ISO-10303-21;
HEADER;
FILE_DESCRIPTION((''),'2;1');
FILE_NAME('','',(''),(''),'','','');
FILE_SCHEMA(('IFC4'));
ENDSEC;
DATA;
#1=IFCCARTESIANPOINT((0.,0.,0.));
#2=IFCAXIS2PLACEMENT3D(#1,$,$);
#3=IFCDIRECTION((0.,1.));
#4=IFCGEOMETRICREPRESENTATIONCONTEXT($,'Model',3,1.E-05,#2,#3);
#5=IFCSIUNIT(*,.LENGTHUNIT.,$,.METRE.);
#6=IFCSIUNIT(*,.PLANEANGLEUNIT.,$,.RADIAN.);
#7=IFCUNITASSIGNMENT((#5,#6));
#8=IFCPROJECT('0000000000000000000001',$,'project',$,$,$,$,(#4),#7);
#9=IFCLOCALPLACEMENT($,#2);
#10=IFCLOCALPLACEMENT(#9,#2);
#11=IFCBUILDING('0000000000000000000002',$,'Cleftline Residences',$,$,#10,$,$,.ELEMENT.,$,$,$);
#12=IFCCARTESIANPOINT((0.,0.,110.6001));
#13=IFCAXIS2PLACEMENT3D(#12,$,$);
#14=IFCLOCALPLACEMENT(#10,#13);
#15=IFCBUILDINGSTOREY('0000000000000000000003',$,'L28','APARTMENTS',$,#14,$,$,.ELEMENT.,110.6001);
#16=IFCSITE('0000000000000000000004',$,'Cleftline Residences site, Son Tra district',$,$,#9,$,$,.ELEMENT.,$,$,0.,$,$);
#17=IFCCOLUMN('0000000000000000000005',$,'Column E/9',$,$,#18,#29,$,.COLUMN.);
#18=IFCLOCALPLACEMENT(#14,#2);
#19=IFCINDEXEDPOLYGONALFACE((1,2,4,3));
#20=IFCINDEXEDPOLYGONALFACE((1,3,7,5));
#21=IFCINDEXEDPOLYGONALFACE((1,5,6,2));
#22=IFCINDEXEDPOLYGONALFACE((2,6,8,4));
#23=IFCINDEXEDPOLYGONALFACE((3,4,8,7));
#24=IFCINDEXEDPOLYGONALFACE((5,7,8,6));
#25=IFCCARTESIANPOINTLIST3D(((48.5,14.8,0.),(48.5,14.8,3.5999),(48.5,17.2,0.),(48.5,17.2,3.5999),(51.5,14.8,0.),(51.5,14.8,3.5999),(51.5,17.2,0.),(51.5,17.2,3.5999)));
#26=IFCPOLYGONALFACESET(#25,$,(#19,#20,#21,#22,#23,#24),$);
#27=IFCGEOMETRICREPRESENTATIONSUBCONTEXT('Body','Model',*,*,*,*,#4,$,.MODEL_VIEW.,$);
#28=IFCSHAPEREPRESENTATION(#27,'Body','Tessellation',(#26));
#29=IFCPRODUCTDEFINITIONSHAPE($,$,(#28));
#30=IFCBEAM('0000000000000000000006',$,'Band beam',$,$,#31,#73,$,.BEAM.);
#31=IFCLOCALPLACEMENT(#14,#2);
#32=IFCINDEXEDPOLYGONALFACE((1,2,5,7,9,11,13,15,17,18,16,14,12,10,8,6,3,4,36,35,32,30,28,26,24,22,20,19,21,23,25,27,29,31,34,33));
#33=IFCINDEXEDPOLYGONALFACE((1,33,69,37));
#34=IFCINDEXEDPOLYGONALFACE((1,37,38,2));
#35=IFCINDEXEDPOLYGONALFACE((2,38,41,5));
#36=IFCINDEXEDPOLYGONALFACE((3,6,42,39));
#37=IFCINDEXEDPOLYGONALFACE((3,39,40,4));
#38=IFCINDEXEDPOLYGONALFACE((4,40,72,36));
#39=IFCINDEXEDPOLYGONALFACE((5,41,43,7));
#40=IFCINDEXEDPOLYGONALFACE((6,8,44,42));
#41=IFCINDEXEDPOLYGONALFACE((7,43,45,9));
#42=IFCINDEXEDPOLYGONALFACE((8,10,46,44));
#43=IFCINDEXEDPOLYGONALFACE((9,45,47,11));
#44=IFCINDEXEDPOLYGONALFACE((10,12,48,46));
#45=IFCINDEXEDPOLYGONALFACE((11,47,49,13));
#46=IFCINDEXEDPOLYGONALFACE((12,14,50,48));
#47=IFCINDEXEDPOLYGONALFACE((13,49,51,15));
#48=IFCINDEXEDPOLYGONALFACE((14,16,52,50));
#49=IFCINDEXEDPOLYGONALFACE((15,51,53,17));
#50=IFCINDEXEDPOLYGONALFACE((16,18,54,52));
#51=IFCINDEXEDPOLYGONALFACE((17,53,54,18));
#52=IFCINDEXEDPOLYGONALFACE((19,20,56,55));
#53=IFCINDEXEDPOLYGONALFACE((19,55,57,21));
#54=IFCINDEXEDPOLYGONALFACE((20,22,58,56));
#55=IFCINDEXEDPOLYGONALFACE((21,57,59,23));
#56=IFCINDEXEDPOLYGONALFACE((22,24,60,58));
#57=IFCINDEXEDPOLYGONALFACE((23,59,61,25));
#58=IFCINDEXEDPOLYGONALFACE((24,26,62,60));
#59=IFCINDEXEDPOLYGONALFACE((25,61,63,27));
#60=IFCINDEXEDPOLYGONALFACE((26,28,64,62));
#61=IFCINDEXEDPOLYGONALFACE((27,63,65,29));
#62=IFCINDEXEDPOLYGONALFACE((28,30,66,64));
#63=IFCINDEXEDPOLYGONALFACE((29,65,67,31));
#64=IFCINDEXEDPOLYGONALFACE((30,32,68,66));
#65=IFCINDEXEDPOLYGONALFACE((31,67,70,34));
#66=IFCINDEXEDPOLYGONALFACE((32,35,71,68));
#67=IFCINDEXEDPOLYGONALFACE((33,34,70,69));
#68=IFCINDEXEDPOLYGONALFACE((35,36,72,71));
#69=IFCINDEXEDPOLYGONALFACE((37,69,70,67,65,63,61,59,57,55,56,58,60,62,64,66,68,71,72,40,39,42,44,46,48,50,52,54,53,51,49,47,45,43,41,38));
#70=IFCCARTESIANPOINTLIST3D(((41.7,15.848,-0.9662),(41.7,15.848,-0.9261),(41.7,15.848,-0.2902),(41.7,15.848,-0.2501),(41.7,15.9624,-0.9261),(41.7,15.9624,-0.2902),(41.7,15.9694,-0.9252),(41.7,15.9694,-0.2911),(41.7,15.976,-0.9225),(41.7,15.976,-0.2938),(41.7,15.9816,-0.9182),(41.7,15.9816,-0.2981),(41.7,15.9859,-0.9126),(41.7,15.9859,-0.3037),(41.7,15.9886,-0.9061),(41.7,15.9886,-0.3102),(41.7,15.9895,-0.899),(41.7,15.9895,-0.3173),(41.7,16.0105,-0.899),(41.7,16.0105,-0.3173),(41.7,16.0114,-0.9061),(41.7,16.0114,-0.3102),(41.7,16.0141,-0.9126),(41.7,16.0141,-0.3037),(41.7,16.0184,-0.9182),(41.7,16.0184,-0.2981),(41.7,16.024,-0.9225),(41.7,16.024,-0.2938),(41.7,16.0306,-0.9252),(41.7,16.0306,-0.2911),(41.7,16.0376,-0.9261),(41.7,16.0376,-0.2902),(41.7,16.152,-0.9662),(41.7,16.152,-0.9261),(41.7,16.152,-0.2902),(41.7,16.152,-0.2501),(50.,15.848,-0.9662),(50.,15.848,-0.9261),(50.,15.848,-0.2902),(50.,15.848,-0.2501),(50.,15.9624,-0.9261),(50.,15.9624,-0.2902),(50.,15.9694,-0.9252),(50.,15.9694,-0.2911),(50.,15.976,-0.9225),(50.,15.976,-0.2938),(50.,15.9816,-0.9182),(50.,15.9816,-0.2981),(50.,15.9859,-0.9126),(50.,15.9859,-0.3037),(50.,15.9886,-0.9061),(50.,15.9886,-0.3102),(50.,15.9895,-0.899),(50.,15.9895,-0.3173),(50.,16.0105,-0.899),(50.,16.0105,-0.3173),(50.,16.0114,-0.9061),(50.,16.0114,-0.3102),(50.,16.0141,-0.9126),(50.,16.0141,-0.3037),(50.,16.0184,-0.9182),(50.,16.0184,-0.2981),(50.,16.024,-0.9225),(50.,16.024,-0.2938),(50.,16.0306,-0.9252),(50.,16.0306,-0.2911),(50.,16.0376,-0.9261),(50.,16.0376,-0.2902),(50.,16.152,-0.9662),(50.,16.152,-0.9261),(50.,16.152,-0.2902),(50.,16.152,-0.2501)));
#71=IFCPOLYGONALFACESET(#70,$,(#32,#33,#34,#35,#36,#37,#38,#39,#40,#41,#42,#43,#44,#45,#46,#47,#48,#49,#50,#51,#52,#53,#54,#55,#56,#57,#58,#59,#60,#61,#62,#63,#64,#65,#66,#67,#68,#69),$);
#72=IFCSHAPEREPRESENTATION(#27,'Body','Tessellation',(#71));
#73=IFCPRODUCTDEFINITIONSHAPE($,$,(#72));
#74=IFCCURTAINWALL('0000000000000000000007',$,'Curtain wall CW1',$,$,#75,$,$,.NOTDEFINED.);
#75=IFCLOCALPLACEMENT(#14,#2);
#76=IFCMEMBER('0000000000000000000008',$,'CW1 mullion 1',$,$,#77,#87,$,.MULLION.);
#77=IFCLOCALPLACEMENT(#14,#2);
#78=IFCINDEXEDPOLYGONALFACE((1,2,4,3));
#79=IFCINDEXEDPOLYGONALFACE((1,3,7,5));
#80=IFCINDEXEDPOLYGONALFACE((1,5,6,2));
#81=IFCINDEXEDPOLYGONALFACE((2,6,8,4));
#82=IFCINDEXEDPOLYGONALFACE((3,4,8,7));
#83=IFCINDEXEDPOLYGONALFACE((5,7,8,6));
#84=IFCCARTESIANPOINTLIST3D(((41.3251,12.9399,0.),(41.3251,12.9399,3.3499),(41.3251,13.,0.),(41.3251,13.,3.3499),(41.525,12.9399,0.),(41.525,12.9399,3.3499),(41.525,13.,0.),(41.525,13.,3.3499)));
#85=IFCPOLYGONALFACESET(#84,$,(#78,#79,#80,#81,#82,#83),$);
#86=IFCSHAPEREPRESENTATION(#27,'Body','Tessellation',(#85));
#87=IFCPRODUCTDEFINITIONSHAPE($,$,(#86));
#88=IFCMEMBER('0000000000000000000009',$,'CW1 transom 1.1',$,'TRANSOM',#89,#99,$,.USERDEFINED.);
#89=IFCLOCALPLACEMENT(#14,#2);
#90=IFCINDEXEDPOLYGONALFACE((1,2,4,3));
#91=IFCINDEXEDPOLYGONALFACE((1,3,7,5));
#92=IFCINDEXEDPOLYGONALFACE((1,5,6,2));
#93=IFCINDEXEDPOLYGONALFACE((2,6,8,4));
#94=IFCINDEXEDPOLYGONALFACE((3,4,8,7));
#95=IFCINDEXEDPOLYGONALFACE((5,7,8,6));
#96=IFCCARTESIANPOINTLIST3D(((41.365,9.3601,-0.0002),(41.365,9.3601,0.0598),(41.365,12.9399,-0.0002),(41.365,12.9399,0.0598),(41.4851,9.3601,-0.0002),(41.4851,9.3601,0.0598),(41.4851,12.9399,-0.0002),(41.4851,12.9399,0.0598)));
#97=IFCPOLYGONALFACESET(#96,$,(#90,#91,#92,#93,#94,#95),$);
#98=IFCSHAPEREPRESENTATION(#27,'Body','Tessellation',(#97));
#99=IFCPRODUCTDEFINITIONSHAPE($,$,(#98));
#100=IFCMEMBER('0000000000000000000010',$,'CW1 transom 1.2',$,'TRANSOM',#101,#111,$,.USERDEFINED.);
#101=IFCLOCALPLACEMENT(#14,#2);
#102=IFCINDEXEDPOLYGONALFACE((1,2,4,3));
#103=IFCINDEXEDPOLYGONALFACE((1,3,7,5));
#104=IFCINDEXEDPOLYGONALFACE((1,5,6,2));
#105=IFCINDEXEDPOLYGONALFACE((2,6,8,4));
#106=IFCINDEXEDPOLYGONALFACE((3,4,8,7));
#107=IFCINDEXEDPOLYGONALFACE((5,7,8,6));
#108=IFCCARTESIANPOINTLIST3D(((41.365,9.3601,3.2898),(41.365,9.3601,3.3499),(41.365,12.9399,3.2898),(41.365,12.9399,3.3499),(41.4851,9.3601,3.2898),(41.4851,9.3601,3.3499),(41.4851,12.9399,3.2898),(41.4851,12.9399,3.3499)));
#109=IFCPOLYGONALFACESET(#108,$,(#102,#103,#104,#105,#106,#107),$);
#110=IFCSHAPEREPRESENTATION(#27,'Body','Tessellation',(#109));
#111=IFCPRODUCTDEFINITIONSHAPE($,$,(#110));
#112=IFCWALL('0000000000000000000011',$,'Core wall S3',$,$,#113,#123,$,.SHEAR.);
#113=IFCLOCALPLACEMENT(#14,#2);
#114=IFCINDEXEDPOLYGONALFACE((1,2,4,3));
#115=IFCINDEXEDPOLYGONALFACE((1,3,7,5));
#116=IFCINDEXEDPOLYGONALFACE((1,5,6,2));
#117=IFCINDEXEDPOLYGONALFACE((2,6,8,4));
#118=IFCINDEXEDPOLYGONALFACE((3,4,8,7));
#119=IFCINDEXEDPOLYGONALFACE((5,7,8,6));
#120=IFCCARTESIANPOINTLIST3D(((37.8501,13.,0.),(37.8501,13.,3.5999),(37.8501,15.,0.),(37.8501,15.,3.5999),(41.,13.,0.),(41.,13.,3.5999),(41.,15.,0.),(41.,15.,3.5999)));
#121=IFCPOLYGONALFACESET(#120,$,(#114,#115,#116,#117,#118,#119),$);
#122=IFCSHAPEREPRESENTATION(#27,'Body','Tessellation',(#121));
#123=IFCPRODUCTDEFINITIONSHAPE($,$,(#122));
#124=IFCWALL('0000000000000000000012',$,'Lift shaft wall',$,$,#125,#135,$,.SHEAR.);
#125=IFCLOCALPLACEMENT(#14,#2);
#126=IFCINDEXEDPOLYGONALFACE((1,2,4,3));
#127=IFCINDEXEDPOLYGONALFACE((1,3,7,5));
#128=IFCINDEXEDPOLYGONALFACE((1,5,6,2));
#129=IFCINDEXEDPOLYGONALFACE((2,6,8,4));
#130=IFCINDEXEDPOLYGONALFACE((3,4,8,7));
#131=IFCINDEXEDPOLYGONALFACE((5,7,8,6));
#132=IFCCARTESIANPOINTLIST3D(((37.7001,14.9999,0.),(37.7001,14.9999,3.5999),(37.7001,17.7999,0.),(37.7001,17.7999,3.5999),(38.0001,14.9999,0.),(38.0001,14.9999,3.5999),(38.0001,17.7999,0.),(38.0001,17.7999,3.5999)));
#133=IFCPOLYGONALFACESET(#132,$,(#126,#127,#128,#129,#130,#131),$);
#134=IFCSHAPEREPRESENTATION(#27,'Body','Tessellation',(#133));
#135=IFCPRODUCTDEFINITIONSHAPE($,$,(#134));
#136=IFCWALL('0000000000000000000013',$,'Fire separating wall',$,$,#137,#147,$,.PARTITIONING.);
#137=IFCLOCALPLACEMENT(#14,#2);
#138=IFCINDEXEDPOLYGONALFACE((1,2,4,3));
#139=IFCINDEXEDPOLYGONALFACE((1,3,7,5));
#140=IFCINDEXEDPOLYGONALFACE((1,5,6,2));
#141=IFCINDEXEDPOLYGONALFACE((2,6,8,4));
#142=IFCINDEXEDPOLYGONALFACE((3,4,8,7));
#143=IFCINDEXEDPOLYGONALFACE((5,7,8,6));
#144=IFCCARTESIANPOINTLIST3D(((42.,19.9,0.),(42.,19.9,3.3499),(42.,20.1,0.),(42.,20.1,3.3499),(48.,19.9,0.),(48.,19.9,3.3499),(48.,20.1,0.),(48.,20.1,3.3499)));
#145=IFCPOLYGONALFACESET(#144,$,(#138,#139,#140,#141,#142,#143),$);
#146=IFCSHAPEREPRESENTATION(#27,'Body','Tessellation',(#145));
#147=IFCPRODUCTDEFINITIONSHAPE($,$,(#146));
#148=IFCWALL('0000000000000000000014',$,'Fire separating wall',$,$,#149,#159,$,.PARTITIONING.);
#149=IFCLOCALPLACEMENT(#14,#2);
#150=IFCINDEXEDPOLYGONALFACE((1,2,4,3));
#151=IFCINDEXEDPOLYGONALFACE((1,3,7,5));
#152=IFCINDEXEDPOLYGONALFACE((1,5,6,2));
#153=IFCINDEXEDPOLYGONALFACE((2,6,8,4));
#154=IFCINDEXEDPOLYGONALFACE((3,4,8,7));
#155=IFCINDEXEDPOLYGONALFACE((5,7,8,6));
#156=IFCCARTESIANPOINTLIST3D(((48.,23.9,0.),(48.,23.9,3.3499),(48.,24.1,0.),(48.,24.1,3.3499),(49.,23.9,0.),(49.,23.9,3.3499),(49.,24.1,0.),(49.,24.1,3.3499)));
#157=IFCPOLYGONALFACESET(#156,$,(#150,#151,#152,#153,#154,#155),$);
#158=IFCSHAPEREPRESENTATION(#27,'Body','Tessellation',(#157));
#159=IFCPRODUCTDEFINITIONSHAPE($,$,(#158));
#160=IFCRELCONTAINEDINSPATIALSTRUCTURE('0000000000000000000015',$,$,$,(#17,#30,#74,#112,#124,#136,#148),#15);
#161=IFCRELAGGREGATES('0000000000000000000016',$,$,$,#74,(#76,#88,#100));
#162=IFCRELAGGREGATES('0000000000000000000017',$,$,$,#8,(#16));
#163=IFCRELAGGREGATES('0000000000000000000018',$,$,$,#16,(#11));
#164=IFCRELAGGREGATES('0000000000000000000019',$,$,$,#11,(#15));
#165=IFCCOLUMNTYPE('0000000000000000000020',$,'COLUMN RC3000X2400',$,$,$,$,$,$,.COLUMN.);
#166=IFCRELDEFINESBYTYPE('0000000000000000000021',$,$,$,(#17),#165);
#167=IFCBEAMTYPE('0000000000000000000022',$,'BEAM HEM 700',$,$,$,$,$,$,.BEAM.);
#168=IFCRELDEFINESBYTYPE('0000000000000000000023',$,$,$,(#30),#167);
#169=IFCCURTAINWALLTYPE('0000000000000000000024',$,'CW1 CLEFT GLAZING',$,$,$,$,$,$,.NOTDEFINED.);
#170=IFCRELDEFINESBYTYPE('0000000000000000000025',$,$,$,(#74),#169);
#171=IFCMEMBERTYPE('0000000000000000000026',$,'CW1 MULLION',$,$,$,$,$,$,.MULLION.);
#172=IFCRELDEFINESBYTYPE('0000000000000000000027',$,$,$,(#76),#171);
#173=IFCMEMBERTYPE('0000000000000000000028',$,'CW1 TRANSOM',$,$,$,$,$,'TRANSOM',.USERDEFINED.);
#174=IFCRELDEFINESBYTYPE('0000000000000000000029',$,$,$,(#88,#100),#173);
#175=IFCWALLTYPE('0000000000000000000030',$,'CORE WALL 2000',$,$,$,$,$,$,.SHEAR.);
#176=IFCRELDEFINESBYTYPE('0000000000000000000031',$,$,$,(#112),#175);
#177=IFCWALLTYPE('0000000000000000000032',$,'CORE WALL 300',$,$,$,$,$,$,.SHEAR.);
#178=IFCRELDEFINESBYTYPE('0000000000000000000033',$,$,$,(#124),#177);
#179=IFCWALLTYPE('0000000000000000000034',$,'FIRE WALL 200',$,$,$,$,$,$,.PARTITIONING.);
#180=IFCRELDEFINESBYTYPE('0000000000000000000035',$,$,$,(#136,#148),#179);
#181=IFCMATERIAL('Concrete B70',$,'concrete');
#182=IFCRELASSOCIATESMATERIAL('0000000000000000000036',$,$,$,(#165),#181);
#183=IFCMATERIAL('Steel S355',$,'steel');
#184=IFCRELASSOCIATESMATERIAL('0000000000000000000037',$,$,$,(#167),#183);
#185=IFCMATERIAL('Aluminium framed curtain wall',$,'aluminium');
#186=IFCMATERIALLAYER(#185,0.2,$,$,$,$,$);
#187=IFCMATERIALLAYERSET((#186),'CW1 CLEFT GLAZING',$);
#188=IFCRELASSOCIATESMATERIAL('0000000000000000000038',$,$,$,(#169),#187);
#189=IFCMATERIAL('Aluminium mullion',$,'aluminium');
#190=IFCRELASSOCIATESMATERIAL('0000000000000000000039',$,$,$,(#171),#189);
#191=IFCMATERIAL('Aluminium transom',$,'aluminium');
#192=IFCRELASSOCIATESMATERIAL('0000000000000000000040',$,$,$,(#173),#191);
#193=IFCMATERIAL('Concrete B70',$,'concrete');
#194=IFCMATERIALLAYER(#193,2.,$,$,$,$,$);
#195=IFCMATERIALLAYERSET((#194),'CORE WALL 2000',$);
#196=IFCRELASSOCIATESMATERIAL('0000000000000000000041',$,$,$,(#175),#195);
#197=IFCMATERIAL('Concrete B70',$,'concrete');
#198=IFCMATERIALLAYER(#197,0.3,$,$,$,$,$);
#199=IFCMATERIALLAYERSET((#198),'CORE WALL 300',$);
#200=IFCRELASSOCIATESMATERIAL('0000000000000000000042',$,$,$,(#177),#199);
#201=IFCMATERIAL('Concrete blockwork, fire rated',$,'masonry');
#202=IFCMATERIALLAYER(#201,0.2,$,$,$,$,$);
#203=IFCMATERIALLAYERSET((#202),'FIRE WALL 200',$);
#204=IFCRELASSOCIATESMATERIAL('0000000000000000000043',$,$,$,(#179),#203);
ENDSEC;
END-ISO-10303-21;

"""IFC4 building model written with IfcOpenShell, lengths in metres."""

from ifc_helpers import new_model, si_unit, direction, frame, frame_2d, origin, origin_2d, place, context, subcontext, project, spatial, rectangle, i_section, extrude, material, layer, layer_set, material_profile, profile_set, type_object, element, aggregate, save


model = new_model("IFC4")

# Units and contexts
model_context = context("Model", 3, precision=1e-05, world=origin(), true_north=direction((0.0, 1.0)))
body_context = subcontext(model_context, "Body", "Model", "MODEL_VIEW")
ifc_project = project(units=[si_unit("LENGTHUNIT", "METRE"), si_unit("PLANEANGLEUNIT", "RADIAN")], contexts=[model_context])

# Site, building, storey
site_placement = place(None, origin())
site = spatial("IfcSite", under=ifc_project, at=site_placement, Name="Cleftline Residences site, Son Tra district", CompositionType="ELEMENT", RefElevation=0.0)
building_placement = place(site_placement, origin())
building = spatial("IfcBuilding", under=site, at=building_placement, Name="Cleftline Residences", CompositionType="ELEMENT")
storey_placement = place(building_placement, frame((0.0, 0.0, 110.6001)))
storey = spatial("IfcBuildingStorey", under=building, at=storey_placement, Name="L28", Description="APARTMENTS", CompositionType="ELEMENT", Elevation=110.6001)

# Column
ifc_material_1 = material(Name="Concrete B70", Category="concrete")
ifc_material_profile_1 = material_profile(ifc_material_1, rectangle(XDim=3.0, YDim=2.3999, at=origin_2d()))
ifc_profile_set_1 = profile_set([ifc_material_profile_1], Name="Concrete B70")
column_type = type_object("IfcColumnType", Name="COLUMN RC3000X2400", PredefinedType="COLUMN", material=ifc_profile_set_1)
column_placement = place(storey_placement, frame((50.0, 16.0, 0.0), z_axis=(0.0, 0.0, 1.0), x_axis=(1.0, 0.0, 0.0)))
element("IfcColumn", 1, at=column_placement, inside=storey, type_object=column_type, Name="Column E/9", PredefinedType="COLUMN", context=body_context, shape_type="SweptSolid", body=[
    extrude(rectangle(XDim=3.0, YDim=2.3999, at=origin_2d()), origin(), (0.0, 0.0, 1.0), 3.5999),
])

# Beam
ifc_material_2 = material(Name="Steel S355", Category="steel")
ifc_material_profile_2 = material_profile(ifc_material_2, i_section(OverallWidth=0.304, OverallDepth=0.7161, WebThickness=0.021, FlangeThickness=0.04, FilletRadius=0.0271, at=origin_2d()))
ifc_profile_set_2 = profile_set([ifc_material_profile_2], Name="Steel S355")
beam_type = type_object("IfcBeamType", Name="BEAM HEM 700", PredefinedType="BEAM", material=ifc_profile_set_2)
beam_placement = place(storey_placement, frame((50.0, 16.0, -0.6082), z_axis=(-1.0, 0.0, 0.0), x_axis=(0.0, -1.0, 0.0)))
element("IfcBeam", 2, at=beam_placement, inside=storey, type_object=beam_type, Name="Band beam", PredefinedType="BEAM", context=body_context, shape_type="SweptSolid", body=[
    extrude(i_section(OverallWidth=0.304, OverallDepth=0.7161, WebThickness=0.021, FlangeThickness=0.04, FilletRadius=0.0271, at=origin_2d()), origin(), (0.0, 0.0, 1.0), 8.3),
])

# Curtain wall, members
ifc_material_3 = material(Name="Aluminium framed curtain wall", Category="aluminium")
ifc_layer_1 = layer(ifc_material_3, 0.2)
ifc_layer_set_1 = layer_set([ifc_layer_1], Name="CW1 CLEFT GLAZING")
curtain_wall_type = type_object("IfcCurtainWallType", Name="CW1 CLEFT GLAZING", PredefinedType="NOTDEFINED", material=ifc_layer_set_1)
curtain_wall_placement = place(storey_placement, origin())
curtain_wall = element("IfcCurtainWall", 3, at=curtain_wall_placement, inside=storey, type_object=curtain_wall_type, Name="Curtain wall CW1", PredefinedType="NOTDEFINED")
ifc_material_4 = material(Name="Aluminium mullion", Category="aluminium")
ifc_material_profile_3 = material_profile(ifc_material_4, rectangle(XDim=0.2, YDim=0.0601, at=origin_2d()))
ifc_profile_set_3 = profile_set([ifc_material_profile_3], Name="Aluminium mullion")
member_type_1 = type_object("IfcMemberType", Name="CW1 MULLION", PredefinedType="MULLION", material=ifc_profile_set_3)
member_1_placement = place(storey_placement, frame((41.425, 12.97, 0.0), z_axis=(0.0, 0.0, 1.0), x_axis=(1.0, 0.0, 0.0)))
member_1 = element("IfcMember", 4, at=member_1_placement, type_object=member_type_1, Name="CW1 mullion 1", PredefinedType="MULLION", context=body_context, shape_type="SweptSolid", body=[
    extrude(rectangle(XDim=0.2, YDim=0.0601, at=origin_2d()), origin(), (0.0, 0.0, 1.0), 3.3499),
])
ifc_material_5 = material(Name="Aluminium transom", Category="aluminium")
ifc_material_profile_4 = material_profile(ifc_material_5, rectangle(XDim=0.1201, YDim=0.0601, at=origin_2d()))
ifc_profile_set_4 = profile_set([ifc_material_profile_4], Name="Aluminium transom")
member_type_2 = type_object("IfcMemberType", Name="CW1 TRANSOM", ElementType="TRANSOM", PredefinedType="USERDEFINED", material=ifc_profile_set_4)
member_2_placement = place(storey_placement, frame((41.425, 12.9399, 0.0298), z_axis=(0.0, -1.0, 0.0), x_axis=(1.0, 0.0, 0.0)))
member_2 = element("IfcMember", 5, at=member_2_placement, type_object=member_type_2, Name="CW1 transom 1.1", ObjectType="TRANSOM", PredefinedType="USERDEFINED", context=body_context, shape_type="SweptSolid", body=[
    extrude(rectangle(XDim=0.1201, YDim=0.0601, at=origin_2d()), origin(), (0.0, 0.0, 1.0), 3.5798),
])
member_3_placement = place(storey_placement, frame((41.425, 12.9399, 3.3198), z_axis=(0.0, -1.0, 0.0), x_axis=(1.0, 0.0, 0.0)))
member_3 = element("IfcMember", 6, at=member_3_placement, type_object=member_type_2, Name="CW1 transom 1.2", ObjectType="TRANSOM", PredefinedType="USERDEFINED", context=body_context, shape_type="SweptSolid", body=[
    extrude(rectangle(XDim=0.1201, YDim=0.0601, at=origin_2d()), origin(), (0.0, 0.0, 1.0), 3.5798),
])
aggregate(curtain_wall, [member_1, member_2, member_3])

# Walls
ifc_material_6 = material(Name="Concrete B70", Category="concrete")
ifc_layer_2 = layer(ifc_material_6, 2.0)
ifc_layer_set_2 = layer_set([ifc_layer_2], Name="CORE WALL 2000")
wall_type_1 = type_object("IfcWallType", Name="CORE WALL 2000", PredefinedType="SHEAR", material=ifc_layer_set_2)
wall_1_placement = place(storey_placement, frame((37.8501, 14.0, 0.0), z_axis=(0.0, 0.0, 1.0), x_axis=(1.0, 0.0, 0.0)))
element("IfcWall", 7, at=wall_1_placement, inside=storey, type_object=wall_type_1, Name="Core wall S3", PredefinedType="SHEAR", context=body_context, shape_type="SweptSolid", body=[
    extrude(rectangle(XDim=3.1499, YDim=2.0, at=frame_2d((1.575, 0.0))), origin(), (0.0, 0.0, 1.0), 3.5999),
])
ifc_material_7 = material(Name="Concrete B70", Category="concrete")
ifc_layer_3 = layer(ifc_material_7, 0.3)
ifc_layer_set_3 = layer_set([ifc_layer_3], Name="CORE WALL 300")
wall_type_2 = type_object("IfcWallType", Name="CORE WALL 300", PredefinedType="SHEAR", material=ifc_layer_set_3)
wall_2_placement = place(storey_placement, frame((37.8501, 15.0, 0.0), z_axis=(0.0, 0.0, 1.0), x_axis=(0.0, 1.0, 0.0)))
element("IfcWall", 8, at=wall_2_placement, inside=storey, type_object=wall_type_2, Name="Lift shaft wall", PredefinedType="SHEAR", context=body_context, shape_type="SweptSolid", body=[
    extrude(rectangle(XDim=2.8, YDim=0.3, at=frame_2d((1.3999, 0.0))), origin(), (0.0, 0.0, 1.0), 3.5999),
])
ifc_material_8 = material(Name="Concrete blockwork, fire rated", Category="masonry")
ifc_layer_4 = layer(ifc_material_8, 0.2)
ifc_layer_set_4 = layer_set([ifc_layer_4], Name="FIRE WALL 200")
wall_type_3 = type_object("IfcWallType", Name="FIRE WALL 200", PredefinedType="PARTITIONING", material=ifc_layer_set_4)
wall_3_placement = place(storey_placement, frame((42.0, 20.0, 0.0), z_axis=(0.0, 0.0, 1.0), x_axis=(1.0, 0.0, 0.0)))
element("IfcWall", 9, at=wall_3_placement, inside=storey, type_object=wall_type_3, Name="Fire separating wall", PredefinedType="PARTITIONING", context=body_context, shape_type="SweptSolid", body=[
    extrude(rectangle(XDim=6.0, YDim=0.2, at=frame_2d((3.0, 0.0))), origin(), (0.0, 0.0, 1.0), 3.3499),
])
wall_4_placement = place(storey_placement, frame((48.0, 24.0, 0.0), z_axis=(0.0, 0.0, 1.0), x_axis=(1.0, 0.0, 0.0)))
element("IfcWall", 10, at=wall_4_placement, inside=storey, type_object=wall_type_3, Name="Fire separating wall", PredefinedType="PARTITIONING", context=body_context, shape_type="SweptSolid", body=[
    extrude(rectangle(XDim=1.0, YDim=0.2, at=frame_2d((0.5, 0.0))), origin(), (0.0, 0.0, 1.0), 3.3499),
])

save(model, "model.ifc")
